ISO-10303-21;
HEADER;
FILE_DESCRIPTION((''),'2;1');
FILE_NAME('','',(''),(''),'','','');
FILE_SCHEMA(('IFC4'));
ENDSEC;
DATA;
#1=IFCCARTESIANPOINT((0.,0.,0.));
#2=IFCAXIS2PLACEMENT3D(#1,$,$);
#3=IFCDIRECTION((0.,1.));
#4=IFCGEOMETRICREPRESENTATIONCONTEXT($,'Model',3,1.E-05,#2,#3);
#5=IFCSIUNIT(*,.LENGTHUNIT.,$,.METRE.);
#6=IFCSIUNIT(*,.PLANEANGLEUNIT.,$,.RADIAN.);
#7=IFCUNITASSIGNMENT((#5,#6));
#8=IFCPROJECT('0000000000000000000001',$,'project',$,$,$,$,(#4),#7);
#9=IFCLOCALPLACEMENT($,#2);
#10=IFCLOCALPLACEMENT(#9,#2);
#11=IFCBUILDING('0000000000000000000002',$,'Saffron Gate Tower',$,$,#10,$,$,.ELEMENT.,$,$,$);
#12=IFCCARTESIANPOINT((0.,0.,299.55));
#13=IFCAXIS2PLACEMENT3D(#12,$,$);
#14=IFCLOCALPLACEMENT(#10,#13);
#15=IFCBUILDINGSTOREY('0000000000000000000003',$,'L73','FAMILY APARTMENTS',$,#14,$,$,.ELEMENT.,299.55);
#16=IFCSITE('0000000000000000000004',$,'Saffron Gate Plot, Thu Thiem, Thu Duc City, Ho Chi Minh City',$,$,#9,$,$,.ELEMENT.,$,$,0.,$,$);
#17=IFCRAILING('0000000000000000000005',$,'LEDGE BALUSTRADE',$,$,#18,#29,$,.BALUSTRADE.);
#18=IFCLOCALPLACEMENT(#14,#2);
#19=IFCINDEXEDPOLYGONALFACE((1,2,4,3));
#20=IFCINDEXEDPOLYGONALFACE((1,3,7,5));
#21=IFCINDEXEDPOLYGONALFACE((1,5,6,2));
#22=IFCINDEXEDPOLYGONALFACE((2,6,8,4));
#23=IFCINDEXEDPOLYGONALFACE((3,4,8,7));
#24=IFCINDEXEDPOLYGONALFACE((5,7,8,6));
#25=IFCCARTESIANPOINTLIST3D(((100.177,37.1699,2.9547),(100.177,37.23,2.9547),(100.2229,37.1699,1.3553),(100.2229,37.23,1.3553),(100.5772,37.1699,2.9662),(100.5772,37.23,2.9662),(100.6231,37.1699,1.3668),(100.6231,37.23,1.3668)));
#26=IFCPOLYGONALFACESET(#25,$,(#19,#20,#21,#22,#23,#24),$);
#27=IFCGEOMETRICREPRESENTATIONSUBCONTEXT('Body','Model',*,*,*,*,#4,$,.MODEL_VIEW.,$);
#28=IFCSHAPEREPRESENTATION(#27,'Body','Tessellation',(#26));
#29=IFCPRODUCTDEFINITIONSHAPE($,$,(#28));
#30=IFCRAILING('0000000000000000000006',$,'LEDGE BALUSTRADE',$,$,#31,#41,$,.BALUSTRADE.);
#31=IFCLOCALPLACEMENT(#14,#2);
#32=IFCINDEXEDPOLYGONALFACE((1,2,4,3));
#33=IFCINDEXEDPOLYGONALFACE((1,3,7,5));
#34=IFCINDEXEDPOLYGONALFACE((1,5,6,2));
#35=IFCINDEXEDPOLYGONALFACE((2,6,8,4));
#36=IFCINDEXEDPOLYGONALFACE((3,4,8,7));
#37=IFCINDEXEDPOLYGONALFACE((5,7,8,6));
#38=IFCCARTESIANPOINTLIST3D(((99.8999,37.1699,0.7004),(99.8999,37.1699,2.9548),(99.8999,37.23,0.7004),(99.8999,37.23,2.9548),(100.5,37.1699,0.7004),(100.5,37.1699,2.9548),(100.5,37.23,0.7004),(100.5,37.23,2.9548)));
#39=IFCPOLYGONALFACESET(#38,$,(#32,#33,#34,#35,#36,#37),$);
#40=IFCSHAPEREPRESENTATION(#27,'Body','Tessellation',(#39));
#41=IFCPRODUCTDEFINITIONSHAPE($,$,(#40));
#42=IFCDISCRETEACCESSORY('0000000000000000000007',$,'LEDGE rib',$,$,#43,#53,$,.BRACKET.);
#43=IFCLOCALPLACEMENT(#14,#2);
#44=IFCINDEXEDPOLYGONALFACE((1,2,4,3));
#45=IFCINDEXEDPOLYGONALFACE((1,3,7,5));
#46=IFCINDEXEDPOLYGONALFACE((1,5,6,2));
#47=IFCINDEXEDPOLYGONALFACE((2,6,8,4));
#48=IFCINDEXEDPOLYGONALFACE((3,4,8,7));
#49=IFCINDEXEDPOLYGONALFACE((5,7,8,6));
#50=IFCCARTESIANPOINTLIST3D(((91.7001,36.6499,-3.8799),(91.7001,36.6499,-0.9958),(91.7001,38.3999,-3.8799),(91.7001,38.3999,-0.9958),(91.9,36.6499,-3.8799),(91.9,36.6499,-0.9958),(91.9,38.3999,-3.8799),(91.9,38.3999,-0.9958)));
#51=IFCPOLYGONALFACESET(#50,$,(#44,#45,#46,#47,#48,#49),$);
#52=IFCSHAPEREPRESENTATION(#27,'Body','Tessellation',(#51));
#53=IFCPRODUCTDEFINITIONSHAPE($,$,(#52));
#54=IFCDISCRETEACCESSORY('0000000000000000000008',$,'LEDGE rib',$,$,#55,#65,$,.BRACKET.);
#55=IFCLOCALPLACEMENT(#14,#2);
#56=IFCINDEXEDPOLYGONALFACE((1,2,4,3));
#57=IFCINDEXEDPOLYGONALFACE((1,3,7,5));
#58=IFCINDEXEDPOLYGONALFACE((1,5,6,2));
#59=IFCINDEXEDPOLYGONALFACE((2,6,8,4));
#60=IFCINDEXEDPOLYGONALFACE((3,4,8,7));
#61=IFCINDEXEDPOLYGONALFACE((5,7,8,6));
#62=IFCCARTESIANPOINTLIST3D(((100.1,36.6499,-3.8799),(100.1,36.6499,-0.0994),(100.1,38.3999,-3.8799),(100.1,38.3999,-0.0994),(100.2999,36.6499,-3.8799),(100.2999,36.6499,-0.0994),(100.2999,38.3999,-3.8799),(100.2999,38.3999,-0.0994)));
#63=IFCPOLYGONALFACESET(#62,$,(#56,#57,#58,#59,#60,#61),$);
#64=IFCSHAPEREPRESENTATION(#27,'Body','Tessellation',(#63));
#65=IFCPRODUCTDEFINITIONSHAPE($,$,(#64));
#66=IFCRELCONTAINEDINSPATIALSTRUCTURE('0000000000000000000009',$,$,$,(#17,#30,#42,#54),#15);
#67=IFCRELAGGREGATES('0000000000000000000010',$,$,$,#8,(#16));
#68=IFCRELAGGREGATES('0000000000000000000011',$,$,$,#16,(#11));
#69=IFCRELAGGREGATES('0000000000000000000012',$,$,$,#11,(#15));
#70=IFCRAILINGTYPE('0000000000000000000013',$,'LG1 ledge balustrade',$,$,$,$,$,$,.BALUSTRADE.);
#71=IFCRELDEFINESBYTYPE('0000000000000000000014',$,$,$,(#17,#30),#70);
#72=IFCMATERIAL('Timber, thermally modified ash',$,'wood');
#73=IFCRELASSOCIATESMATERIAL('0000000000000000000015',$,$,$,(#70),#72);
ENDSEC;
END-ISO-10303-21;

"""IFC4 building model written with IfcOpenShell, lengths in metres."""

from ifc_helpers import new_model, si_unit, direction, frame, origin, origin_2d, place, context, subcontext, project, spatial, rectangle, extrude, material, type_object, element, save


model = new_model("IFC4")

# Units and contexts
model_context = context("Model", 3, precision=1e-05, world=origin(), true_north=direction((0.0, 1.0)))
body_context = subcontext(model_context, "Body", "Model", "MODEL_VIEW")
ifc_project = project(units=[si_unit("LENGTHUNIT", "METRE"), si_unit("PLANEANGLEUNIT", "RADIAN")], contexts=[model_context])

# Site, building, storey
site_placement = place(None, origin())
site = spatial("IfcSite", under=ifc_project, at=site_placement, Name="Saffron Gate Plot, Thu Thiem, Thu Duc City, Ho Chi Minh City", CompositionType="ELEMENT", RefElevation=0.0)
building_placement = place(site_placement, origin())
building = spatial("IfcBuilding", under=site, at=building_placement, Name="Saffron Gate Tower", CompositionType="ELEMENT")
storey_placement = place(building_placement, frame((0.0, 0.0, 299.55)))
storey = spatial("IfcBuildingStorey", under=building, at=storey_placement, Name="L73", Description="FAMILY APARTMENTS", CompositionType="ELEMENT", Elevation=299.55)

# Shared definitions
ifc_material_1 = material(Name="Timber, thermally modified ash", Category="wood")

# Railings
railing_type_1 = type_object("IfcRailingType", Name="LG1 ledge balustrade", PredefinedType="BALUSTRADE", material=ifc_material_1)
railing_1_placement = place(storey_placement, frame((100.2, 37.2, 1.355)))
element("IfcRailing", 1, at=railing_1_placement, inside=storey, type_object=railing_type_1, Name="LEDGE BALUSTRADE", PredefinedType="BALUSTRADE", context=body_context, shape_type="SweptSolid", body=[
    extrude(rectangle(XDim=0.0601, YDim=1.6001, at=origin_2d()), frame((0.0, 0.0, 0.8), z_axis=(0.999589, 0.0, 0.028664), x_axis=(0.0, 1.0, 0.0)), (0.0, 0.0, 1.0), 0.4004),
])
railing_2_placement = place(storey_placement, frame((99.8999, 37.2, 0.7004)))
element("IfcRailing", 2, at=railing_2_placement, inside=storey, type_object=railing_type_1, Name="LEDGE BALUSTRADE", PredefinedType="BALUSTRADE", context=body_context, shape_type="SweptSolid", body=[
    extrude(rectangle(XDim=0.0601, YDim=2.2544, at=origin_2d()), frame((0.0, 0.0, 1.1272), z_axis=(1.0, 0.0, 0.0), x_axis=(0.0, 1.0, 0.0)), (0.0, 0.0, 1.0), 0.6001),
])

# Discrete accessories
discrete_accessory_1_placement = place(storey_placement, frame((91.8, 37.5249, -3.8799), z_axis=(0.0, 0.0, 1.0), x_axis=(1.0, 0.0, 0.0)))
element("IfcDiscreteAccessory", 3, at=discrete_accessory_1_placement, inside=storey, Name="LEDGE rib", PredefinedType="BRACKET", context=body_context, shape_type="SweptSolid", body=[
    extrude(rectangle(XDim=0.2, YDim=1.75, at=origin_2d()), origin(), (0.0, 0.0, 1.0), 2.884),
])
discrete_accessory_2_placement = place(storey_placement, frame((100.2, 37.5249, -3.8799), z_axis=(0.0, 0.0, 1.0), x_axis=(1.0, 0.0, 0.0)))
element("IfcDiscreteAccessory", 4, at=discrete_accessory_2_placement, inside=storey, Name="LEDGE rib", PredefinedType="BRACKET", context=body_context, shape_type="SweptSolid", body=[
    extrude(rectangle(XDim=0.2, YDim=1.75, at=origin_2d()), origin(), (0.0, 0.0, 1.0), 3.7805),
])

save(model, "model.ifc")
